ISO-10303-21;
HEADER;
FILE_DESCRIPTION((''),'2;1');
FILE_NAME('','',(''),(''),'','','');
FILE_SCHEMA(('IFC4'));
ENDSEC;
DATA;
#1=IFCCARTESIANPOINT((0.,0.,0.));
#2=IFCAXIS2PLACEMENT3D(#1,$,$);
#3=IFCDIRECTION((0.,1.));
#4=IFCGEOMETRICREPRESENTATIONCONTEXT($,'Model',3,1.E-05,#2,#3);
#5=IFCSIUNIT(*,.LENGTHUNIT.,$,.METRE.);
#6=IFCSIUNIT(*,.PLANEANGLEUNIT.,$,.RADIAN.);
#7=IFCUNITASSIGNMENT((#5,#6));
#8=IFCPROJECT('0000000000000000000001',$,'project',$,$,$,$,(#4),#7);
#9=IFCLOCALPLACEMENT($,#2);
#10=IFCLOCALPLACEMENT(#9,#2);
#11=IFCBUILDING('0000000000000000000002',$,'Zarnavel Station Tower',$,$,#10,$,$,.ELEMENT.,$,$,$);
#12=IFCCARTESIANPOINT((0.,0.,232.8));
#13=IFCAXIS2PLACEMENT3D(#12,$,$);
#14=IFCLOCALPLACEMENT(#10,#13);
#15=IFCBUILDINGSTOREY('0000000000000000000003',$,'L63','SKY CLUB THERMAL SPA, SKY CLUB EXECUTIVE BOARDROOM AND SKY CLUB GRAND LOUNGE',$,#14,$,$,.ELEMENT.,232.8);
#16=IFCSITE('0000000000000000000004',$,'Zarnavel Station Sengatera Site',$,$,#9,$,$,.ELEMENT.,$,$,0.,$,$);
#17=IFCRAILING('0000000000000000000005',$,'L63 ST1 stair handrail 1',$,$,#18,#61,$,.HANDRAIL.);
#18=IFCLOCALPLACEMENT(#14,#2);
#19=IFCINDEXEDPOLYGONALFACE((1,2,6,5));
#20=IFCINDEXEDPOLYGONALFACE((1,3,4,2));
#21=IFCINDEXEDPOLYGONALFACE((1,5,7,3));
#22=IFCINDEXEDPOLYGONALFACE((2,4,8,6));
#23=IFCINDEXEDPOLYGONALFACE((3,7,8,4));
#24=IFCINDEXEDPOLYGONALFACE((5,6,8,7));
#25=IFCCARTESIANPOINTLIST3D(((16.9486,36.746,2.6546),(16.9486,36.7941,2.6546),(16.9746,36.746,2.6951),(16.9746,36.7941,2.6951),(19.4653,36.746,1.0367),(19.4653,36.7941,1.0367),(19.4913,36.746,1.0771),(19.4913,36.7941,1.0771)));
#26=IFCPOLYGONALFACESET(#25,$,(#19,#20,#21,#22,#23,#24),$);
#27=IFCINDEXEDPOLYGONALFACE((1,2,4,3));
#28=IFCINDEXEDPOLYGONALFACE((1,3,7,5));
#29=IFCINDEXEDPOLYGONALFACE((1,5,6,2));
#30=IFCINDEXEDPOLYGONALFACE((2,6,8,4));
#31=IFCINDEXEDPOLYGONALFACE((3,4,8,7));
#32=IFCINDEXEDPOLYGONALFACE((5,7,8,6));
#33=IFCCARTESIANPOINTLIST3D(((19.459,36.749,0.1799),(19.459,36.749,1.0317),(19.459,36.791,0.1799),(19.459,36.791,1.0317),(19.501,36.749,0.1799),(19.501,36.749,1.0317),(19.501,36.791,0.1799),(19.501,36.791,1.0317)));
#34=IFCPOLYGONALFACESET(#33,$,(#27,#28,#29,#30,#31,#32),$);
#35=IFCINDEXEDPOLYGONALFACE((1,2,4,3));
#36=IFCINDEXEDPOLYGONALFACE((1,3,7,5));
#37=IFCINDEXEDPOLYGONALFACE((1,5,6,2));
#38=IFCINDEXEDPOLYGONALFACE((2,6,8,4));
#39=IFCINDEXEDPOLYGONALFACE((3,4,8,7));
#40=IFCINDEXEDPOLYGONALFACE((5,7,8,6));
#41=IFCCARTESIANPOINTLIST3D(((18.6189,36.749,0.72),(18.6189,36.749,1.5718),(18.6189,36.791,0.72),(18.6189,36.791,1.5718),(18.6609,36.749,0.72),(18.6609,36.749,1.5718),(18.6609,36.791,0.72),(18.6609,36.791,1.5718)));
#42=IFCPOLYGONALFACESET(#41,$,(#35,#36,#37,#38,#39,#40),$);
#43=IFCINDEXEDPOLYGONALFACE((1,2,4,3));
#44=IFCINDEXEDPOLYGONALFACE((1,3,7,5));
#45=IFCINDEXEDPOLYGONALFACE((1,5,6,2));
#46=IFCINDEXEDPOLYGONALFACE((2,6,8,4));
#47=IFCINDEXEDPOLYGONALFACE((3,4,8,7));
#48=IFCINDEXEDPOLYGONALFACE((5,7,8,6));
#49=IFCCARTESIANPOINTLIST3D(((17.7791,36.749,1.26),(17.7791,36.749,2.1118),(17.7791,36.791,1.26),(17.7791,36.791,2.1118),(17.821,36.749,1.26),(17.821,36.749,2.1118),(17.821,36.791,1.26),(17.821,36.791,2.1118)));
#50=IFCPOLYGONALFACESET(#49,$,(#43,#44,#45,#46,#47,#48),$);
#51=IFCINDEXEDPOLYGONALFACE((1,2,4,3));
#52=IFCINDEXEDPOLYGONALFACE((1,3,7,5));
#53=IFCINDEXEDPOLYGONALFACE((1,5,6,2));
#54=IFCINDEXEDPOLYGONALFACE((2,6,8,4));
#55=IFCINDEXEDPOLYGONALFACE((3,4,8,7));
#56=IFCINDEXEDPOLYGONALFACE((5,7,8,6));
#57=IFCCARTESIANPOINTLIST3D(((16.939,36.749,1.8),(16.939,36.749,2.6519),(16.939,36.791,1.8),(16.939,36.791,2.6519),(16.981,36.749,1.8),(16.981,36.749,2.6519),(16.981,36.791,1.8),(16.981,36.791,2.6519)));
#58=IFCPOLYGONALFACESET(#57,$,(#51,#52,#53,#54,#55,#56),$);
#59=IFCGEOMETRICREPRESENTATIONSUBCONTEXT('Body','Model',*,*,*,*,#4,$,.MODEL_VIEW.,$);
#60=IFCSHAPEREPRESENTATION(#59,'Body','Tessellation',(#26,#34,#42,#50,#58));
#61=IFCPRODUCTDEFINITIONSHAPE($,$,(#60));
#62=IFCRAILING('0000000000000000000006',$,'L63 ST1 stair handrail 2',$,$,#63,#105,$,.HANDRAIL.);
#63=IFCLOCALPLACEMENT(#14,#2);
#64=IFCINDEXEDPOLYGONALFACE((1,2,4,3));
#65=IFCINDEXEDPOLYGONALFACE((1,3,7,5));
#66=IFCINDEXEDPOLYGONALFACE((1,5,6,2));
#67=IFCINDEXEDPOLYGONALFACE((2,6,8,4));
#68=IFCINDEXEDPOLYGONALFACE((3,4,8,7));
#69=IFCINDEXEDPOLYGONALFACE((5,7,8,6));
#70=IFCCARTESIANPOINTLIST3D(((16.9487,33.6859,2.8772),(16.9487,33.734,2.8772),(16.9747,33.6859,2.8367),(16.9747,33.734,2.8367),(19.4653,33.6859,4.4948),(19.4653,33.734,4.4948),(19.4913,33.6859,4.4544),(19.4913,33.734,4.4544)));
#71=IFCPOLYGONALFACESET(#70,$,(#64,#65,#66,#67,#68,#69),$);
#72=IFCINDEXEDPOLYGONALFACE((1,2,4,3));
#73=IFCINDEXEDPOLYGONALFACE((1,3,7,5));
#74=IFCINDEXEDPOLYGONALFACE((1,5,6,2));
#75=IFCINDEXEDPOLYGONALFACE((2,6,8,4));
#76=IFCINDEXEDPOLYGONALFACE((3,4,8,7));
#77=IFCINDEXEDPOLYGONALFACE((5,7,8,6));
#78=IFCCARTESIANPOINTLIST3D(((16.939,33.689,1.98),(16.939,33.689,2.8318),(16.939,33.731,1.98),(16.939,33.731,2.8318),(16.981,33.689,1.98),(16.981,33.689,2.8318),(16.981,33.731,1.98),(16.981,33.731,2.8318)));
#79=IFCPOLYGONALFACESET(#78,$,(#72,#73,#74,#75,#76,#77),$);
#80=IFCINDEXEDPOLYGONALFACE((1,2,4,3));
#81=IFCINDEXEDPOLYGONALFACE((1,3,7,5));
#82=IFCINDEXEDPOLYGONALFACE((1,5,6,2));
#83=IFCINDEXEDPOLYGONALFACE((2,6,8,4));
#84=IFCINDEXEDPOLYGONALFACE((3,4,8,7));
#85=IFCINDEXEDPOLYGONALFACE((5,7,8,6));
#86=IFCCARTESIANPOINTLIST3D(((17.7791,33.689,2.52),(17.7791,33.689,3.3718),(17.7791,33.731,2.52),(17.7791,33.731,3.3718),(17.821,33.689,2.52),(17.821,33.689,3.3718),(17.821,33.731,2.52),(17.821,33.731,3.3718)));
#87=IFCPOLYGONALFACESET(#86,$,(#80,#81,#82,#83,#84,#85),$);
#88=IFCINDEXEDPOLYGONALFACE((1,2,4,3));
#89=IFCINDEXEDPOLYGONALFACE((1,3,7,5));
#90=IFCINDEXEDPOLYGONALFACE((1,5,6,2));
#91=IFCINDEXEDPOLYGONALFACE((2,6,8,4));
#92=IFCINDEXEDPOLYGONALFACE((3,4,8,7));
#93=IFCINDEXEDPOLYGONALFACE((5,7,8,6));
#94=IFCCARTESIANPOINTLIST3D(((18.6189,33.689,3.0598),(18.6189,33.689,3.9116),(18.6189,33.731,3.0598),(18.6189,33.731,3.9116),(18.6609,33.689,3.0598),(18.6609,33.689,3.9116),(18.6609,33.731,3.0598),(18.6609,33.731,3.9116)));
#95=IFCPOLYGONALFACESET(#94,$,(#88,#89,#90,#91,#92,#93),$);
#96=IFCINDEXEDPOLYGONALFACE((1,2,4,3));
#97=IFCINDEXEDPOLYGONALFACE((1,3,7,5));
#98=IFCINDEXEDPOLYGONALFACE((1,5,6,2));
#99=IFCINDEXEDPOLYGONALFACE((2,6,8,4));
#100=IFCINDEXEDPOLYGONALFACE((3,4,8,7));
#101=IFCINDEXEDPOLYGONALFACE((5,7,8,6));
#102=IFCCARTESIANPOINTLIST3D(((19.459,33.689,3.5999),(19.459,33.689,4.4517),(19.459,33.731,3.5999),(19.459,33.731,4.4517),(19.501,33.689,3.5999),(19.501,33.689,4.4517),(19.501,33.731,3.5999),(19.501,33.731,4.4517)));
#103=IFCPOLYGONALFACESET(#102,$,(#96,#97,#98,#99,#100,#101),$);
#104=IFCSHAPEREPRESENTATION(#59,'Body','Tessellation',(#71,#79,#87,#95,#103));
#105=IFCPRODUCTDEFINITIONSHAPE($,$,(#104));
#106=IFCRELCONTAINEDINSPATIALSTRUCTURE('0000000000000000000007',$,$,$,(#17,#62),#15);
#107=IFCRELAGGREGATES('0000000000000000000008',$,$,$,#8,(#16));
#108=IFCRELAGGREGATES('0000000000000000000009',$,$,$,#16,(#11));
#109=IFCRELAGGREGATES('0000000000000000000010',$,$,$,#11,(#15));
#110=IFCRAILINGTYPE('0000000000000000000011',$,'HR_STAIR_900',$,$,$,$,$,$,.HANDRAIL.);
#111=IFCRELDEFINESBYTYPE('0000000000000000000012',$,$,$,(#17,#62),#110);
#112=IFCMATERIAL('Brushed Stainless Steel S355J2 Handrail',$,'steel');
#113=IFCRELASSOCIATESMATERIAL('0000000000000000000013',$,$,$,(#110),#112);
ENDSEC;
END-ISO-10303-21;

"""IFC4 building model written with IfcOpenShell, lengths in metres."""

from ifc_helpers import new_model, si_unit, direction, frame, origin, origin_2d, place, context, subcontext, project, spatial, rectangle, extrude, material, type_object, element, save


model = new_model("IFC4")

# Units and contexts
model_context = context("Model", 3, precision=1e-05, world=origin(), true_north=direction((0.0, 1.0)))
body_context = subcontext(model_context, "Body", "Model", "MODEL_VIEW")
ifc_project = project(units=[si_unit("LENGTHUNIT", "METRE"), si_unit("PLANEANGLEUNIT", "RADIAN")], contexts=[model_context])

# Site, building, storey
site_placement = place(None, origin())
site = spatial("IfcSite", under=ifc_project, at=site_placement, Name="Zarnavel Station Sengatera Site", CompositionType="ELEMENT", RefElevation=0.0)
building_placement = place(site_placement, origin())
building = spatial("IfcBuilding", under=site, at=building_placement, Name="Zarnavel Station Tower", CompositionType="ELEMENT")
storey_placement = place(building_placement, frame((0.0, 0.0, 232.8)))
storey = spatial("IfcBuildingStorey", under=building, at=storey_placement, Name="L63", Description="SKY CLUB THERMAL SPA, SKY CLUB EXECUTIVE BOARDROOM AND SKY CLUB GRAND LOUNGE", CompositionType="ELEMENT", Elevation=232.8)

# Railings
ifc_material_1 = material(Name="Brushed Stainless Steel S355J2 Handrail", Category="steel")
railing_type_1 = type_object("IfcRailingType", Name="HR_STAIR_900", PredefinedType="HANDRAIL", material=ifc_material_1)
railing_1_placement = place(storey_placement, frame((19.48, 36.77, 0.1799)))
element("IfcRailing", 1, at=railing_1_placement, inside=storey, type_object=railing_type_1, Name="L63 ST1 stair handrail 1", PredefinedType="HANDRAIL", context=body_context, shape_type="SweptSolid", body=[
    extrude(rectangle(XDim=0.0481, YDim=0.0481, at=origin_2d()), frame((-0.0017, 0.0, 0.877), z_axis=(-0.841163, 0.0, 0.540782), x_axis=(0.0, -1.0, 0.0)), (0.0, 0.0, 1.0), 2.9919),
    extrude(rectangle(XDim=0.042, YDim=0.042, at=origin_2d()), origin(), (0.0, 0.0, 1.0), 0.8518),
    extrude(rectangle(XDim=0.042, YDim=0.042, at=origin_2d()), frame((-0.8401, 0.0, 0.54)), (0.0, 0.0, 1.0), 0.8518),
    extrude(rectangle(XDim=0.042, YDim=0.042, at=origin_2d()), frame((-1.6799, 0.0, 1.0801)), (0.0, 0.0, 1.0), 0.8518),
    extrude(rectangle(XDim=0.042, YDim=0.042, at=origin_2d()), frame((-2.52, 0.0, 1.6201)), (0.0, 0.0, 1.0), 0.8518),
])
railing_2_placement = place(storey_placement, frame((16.96, 33.71, 1.98)))
element("IfcRailing", 2, at=railing_2_placement, inside=storey, type_object=railing_type_1, Name="L63 ST1 stair handrail 2", PredefinedType="HANDRAIL", context=body_context, shape_type="SweptSolid", body=[
    extrude(rectangle(XDim=0.0481, YDim=0.0481, at=origin_2d()), frame((0.0017, 0.0, 0.877), z_axis=(0.8412, 0.0, 0.540725), x_axis=(0.0, 1.0, 0.0)), (0.0, 0.0, 1.0), 2.9917),
    extrude(rectangle(XDim=0.042, YDim=0.042, at=origin_2d()), origin(), (0.0, 0.0, 1.0), 0.8518),
    extrude(rectangle(XDim=0.042, YDim=0.042, at=origin_2d()), frame((0.8401, 0.0, 0.54)), (0.0, 0.0, 1.0), 0.8518),
    extrude(rectangle(XDim=0.042, YDim=0.042, at=origin_2d()), frame((1.6799, 0.0, 1.0798)), (0.0, 0.0, 1.0), 0.8518),
    extrude(rectangle(XDim=0.042, YDim=0.042, at=origin_2d()), frame((2.52, 0.0, 1.6199)), (0.0, 0.0, 1.0), 0.8518),
])

save(model, "model.ifc")
